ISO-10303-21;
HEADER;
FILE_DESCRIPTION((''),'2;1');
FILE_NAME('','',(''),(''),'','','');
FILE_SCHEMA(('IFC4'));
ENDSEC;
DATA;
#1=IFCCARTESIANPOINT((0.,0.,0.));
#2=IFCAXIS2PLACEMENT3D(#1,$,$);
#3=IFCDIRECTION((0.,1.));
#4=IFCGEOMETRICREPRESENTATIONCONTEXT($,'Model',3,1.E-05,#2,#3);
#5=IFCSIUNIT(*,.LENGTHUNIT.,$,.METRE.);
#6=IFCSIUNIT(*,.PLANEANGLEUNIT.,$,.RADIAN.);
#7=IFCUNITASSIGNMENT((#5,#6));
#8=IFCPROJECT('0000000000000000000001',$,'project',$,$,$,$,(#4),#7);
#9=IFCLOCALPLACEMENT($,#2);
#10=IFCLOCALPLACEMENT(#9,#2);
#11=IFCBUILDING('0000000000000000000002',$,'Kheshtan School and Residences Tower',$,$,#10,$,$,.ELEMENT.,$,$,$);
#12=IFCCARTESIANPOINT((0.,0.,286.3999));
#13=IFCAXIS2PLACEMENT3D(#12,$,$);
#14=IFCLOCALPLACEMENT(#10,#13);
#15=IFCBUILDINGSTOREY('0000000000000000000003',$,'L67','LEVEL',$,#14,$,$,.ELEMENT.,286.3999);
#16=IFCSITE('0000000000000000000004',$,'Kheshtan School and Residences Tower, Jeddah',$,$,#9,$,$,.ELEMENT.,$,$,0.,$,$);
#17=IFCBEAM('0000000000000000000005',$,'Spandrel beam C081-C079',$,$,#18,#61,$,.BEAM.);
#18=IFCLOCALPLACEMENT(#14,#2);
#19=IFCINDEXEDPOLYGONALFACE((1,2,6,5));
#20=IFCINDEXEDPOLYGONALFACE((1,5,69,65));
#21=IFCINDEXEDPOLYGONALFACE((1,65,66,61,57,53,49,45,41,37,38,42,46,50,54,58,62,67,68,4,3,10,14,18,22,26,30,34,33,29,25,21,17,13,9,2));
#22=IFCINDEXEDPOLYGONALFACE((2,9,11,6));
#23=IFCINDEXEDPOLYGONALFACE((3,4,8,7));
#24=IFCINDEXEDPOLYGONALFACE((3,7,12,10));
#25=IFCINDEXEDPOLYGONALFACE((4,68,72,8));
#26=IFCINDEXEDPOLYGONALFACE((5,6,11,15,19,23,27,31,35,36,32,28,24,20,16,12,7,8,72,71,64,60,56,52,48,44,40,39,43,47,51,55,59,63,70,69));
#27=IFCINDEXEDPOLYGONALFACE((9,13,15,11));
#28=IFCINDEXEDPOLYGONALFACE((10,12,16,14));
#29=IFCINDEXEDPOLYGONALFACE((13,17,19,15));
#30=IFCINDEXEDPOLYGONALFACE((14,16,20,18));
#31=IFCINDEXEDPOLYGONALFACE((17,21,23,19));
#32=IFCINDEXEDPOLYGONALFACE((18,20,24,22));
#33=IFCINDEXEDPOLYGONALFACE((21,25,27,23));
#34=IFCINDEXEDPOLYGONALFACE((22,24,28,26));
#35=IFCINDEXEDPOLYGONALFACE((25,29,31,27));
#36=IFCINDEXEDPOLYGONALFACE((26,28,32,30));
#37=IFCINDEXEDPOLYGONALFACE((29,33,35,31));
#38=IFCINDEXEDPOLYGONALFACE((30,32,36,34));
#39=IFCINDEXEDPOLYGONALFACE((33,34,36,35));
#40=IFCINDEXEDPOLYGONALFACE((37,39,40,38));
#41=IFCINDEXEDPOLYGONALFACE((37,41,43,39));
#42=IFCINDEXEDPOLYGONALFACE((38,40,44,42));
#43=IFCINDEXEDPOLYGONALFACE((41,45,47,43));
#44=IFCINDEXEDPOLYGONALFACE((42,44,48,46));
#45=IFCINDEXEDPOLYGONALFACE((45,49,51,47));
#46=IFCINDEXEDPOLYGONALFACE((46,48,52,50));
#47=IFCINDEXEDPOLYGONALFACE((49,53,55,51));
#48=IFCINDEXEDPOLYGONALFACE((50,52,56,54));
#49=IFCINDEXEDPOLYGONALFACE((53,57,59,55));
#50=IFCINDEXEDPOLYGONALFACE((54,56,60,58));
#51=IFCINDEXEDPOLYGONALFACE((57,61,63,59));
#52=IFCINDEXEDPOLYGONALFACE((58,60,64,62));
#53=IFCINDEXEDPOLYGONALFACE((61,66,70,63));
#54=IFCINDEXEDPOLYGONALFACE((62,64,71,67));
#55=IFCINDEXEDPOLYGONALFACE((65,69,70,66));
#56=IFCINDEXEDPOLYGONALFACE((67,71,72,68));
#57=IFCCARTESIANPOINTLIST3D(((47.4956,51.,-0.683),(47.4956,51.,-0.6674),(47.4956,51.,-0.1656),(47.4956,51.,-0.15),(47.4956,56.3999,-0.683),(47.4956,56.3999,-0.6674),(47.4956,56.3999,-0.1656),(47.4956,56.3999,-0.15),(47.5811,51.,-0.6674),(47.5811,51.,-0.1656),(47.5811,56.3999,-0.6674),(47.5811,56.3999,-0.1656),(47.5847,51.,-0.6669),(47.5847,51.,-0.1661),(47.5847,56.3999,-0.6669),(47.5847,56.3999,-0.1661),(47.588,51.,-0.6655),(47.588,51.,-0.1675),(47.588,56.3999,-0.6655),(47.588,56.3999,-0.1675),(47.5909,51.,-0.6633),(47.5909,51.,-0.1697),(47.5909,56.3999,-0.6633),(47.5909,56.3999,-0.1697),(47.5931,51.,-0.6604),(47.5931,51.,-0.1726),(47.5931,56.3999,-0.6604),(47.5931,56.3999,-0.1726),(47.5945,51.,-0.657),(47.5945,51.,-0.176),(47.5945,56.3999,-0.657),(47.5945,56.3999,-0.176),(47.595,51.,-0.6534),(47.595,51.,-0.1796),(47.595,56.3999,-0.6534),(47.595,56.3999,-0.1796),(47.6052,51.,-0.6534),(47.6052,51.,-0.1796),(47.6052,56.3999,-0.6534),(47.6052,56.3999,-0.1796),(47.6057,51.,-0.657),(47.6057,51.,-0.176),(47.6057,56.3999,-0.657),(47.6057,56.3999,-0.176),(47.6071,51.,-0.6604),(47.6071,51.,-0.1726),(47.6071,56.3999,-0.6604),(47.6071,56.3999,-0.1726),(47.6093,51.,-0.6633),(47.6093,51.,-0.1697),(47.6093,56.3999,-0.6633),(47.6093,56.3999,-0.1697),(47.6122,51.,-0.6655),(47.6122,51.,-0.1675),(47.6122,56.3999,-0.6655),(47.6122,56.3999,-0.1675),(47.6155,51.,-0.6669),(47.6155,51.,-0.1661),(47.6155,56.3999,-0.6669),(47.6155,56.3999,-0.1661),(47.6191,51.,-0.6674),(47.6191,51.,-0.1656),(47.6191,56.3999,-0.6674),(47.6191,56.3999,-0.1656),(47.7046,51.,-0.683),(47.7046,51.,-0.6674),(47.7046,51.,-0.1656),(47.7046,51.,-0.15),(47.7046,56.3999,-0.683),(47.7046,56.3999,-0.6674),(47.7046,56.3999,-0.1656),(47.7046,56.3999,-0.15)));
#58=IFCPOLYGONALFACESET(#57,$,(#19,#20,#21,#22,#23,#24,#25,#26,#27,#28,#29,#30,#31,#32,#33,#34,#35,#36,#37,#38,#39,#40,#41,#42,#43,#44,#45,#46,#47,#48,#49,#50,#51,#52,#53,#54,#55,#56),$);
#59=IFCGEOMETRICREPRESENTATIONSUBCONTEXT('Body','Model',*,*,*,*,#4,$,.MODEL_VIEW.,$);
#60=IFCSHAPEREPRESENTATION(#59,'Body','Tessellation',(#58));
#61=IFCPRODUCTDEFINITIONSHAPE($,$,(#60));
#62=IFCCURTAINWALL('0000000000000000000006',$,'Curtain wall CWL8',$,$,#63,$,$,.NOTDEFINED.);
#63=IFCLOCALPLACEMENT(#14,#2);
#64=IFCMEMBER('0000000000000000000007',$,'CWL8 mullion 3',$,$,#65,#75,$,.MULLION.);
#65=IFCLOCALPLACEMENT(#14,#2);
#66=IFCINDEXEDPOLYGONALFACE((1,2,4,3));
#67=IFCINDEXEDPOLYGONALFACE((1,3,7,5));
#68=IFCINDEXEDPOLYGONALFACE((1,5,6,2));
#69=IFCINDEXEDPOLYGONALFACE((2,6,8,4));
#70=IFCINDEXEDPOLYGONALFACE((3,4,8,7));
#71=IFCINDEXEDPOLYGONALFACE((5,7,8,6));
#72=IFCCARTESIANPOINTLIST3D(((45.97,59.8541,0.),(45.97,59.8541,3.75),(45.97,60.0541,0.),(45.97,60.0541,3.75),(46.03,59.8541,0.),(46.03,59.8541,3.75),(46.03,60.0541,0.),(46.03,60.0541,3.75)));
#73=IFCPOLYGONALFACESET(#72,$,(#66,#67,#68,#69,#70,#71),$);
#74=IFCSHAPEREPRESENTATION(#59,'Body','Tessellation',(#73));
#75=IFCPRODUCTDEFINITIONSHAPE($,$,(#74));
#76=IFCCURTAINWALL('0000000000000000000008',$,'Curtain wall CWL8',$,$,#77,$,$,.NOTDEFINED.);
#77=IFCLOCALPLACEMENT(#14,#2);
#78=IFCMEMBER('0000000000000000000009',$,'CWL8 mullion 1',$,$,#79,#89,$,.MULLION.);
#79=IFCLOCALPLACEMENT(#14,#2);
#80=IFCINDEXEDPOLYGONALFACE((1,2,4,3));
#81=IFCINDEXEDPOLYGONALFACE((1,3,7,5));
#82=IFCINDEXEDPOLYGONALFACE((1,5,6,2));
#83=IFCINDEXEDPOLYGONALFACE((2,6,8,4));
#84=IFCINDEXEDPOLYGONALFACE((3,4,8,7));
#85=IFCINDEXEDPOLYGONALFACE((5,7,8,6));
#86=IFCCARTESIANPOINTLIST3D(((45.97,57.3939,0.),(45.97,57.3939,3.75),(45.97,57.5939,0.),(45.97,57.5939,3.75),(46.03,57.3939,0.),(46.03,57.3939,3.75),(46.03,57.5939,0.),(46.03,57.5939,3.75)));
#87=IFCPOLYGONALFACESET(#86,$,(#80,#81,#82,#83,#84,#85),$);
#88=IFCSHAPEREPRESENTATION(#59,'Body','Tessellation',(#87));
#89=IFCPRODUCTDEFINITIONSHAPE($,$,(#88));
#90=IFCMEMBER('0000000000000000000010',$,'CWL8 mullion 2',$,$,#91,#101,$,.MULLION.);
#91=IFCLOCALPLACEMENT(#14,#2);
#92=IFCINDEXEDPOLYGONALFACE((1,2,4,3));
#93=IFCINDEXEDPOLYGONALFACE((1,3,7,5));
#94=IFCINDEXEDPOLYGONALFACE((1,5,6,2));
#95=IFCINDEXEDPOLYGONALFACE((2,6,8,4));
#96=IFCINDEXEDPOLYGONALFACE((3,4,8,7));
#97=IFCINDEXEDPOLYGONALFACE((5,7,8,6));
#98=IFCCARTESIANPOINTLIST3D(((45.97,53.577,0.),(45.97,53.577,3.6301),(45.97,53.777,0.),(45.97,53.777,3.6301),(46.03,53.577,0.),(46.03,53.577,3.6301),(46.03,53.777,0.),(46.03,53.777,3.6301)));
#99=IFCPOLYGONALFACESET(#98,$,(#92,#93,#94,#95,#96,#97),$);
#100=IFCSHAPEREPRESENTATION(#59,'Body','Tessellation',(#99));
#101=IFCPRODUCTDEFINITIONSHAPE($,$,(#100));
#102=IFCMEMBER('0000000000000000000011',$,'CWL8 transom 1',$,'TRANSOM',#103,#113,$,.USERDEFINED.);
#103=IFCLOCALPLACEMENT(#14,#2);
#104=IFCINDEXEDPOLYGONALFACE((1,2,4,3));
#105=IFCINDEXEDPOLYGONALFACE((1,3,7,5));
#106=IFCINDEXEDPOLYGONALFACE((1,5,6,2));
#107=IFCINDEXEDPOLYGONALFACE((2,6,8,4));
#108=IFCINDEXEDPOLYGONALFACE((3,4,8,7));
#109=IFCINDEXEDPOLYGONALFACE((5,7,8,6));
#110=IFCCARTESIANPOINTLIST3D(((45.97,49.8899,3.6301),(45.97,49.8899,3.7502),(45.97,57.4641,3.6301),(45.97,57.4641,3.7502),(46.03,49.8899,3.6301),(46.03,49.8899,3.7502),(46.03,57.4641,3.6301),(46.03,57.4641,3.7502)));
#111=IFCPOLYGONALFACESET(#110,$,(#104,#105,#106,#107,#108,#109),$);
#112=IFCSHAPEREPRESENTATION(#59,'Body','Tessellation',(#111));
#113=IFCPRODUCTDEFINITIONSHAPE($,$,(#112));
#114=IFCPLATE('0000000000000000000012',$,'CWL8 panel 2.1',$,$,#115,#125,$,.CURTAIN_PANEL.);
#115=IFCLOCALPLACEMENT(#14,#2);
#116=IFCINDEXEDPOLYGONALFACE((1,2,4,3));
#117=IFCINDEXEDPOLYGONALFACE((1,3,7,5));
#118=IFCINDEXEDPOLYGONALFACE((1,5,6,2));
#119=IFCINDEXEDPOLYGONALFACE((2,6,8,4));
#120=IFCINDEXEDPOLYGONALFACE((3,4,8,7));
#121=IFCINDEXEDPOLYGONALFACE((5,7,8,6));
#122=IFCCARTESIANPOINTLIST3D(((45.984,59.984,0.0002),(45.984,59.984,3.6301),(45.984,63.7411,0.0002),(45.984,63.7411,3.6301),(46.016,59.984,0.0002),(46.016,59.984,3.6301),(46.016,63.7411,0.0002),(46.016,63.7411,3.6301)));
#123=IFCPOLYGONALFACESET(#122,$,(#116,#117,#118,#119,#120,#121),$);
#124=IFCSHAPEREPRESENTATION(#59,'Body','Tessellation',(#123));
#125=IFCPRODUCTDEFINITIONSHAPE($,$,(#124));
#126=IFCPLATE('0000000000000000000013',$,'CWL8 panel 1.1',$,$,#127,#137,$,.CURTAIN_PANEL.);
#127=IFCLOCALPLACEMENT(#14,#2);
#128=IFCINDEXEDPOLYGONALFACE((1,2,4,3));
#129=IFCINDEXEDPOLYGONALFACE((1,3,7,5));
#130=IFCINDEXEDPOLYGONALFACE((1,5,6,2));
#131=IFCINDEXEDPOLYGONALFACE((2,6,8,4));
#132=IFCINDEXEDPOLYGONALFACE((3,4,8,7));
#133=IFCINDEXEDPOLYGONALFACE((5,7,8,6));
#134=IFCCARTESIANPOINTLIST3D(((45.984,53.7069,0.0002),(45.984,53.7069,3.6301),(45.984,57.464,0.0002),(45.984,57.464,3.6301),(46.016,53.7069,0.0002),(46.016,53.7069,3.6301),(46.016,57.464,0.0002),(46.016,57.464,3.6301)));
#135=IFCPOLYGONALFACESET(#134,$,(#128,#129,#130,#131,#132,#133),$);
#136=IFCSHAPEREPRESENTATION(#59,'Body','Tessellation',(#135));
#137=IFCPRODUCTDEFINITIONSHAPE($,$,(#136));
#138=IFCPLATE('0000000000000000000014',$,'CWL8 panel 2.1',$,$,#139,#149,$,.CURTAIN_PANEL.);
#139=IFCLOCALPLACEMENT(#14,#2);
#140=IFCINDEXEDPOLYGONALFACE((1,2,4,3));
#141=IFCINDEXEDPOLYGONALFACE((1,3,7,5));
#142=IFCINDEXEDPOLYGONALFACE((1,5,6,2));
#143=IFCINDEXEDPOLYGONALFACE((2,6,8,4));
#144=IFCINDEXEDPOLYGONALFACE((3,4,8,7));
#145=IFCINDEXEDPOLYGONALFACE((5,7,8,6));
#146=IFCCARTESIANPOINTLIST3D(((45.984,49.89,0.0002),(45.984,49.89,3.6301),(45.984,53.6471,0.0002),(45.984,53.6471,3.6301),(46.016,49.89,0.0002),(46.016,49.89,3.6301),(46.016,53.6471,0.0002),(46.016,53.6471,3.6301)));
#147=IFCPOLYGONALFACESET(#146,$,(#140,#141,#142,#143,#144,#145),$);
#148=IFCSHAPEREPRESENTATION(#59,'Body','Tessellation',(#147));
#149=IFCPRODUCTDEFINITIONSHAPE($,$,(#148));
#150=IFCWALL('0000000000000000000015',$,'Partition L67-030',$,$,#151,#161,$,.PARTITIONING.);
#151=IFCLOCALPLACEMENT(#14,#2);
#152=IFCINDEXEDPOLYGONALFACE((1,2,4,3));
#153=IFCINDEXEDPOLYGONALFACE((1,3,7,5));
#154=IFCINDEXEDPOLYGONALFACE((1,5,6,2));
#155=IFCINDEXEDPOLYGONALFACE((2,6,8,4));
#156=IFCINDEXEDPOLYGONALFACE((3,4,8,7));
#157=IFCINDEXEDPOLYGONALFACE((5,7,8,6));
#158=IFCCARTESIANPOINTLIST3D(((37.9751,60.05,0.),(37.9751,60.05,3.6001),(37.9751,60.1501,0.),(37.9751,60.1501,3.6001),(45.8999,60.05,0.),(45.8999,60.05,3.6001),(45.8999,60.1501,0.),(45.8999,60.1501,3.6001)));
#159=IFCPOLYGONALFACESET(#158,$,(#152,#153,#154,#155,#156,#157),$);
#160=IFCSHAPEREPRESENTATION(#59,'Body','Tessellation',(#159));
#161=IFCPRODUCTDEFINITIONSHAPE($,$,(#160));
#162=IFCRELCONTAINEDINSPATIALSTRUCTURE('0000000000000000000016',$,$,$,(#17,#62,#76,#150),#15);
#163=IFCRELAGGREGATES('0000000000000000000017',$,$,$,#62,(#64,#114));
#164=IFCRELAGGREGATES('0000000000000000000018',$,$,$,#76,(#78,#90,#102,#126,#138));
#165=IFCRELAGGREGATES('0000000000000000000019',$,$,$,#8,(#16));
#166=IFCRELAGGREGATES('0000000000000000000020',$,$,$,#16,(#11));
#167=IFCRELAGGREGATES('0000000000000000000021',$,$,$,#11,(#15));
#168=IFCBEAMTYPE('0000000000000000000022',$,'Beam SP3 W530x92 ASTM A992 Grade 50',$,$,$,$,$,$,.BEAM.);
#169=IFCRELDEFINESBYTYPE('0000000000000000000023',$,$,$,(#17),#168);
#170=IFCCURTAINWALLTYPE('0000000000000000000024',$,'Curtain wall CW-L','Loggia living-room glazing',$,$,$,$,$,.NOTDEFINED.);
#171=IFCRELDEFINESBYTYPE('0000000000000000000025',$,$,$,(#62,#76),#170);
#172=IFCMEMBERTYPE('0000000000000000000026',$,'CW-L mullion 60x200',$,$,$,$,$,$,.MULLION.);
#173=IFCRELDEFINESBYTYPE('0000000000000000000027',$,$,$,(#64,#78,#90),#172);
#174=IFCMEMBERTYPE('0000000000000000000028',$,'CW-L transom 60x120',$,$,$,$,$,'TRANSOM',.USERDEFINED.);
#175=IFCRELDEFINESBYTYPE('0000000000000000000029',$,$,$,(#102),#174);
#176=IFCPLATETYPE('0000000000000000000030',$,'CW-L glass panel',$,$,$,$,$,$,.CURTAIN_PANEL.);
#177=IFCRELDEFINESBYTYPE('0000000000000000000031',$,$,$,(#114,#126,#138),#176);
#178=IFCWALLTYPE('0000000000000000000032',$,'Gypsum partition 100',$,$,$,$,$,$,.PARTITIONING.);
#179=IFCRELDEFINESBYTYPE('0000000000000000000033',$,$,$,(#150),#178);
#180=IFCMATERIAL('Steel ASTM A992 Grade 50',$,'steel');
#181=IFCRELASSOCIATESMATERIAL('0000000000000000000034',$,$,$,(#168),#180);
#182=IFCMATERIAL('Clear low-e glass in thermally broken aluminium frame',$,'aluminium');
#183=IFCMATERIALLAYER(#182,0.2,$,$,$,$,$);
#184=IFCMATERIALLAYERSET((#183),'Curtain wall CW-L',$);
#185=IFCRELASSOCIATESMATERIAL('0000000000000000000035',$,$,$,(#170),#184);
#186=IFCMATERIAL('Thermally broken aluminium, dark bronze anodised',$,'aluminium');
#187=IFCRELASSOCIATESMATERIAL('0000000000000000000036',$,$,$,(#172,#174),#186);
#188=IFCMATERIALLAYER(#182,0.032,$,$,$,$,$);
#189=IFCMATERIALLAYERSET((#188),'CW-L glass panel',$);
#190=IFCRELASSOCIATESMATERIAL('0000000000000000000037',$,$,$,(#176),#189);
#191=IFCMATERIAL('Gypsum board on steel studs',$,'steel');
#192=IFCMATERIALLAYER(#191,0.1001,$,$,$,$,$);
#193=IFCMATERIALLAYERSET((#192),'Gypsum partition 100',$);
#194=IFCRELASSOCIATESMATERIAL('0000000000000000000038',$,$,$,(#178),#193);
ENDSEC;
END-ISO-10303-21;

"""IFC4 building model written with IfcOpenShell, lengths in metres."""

from ifc_helpers import new_model, si_unit, direction, frame, frame_2d, origin, origin_2d, place, context, subcontext, project, spatial, rectangle, i_section, extrude, material, layer, layer_set, material_profile, profile_set, type_object, element, aggregate, save


model = new_model("IFC4")

# Units and contexts
model_context = context("Model", 3, precision=1e-05, world=origin(), true_north=direction((0.0, 1.0)))
body_context = subcontext(model_context, "Body", "Model", "MODEL_VIEW")
ifc_project = project(units=[si_unit("LENGTHUNIT", "METRE"), si_unit("PLANEANGLEUNIT", "RADIAN")], contexts=[model_context])

# Site, building, storey
site_placement = place(None, origin())
site = spatial("IfcSite", under=ifc_project, at=site_placement, Name="Kheshtan School and Residences Tower, Jeddah", CompositionType="ELEMENT", RefElevation=0.0)
building_placement = place(site_placement, origin())
building = spatial("IfcBuilding", under=site, at=building_placement, Name="Kheshtan School and Residences Tower", CompositionType="ELEMENT")
storey_placement = place(building_placement, frame((0.0, 0.0, 286.3999)))
storey = spatial("IfcBuildingStorey", under=building, at=storey_placement, Name="L67", Description="LEVEL", CompositionType="ELEMENT", Elevation=286.3999)

# Shared definitions
ifc_material_1 = material(Name="Steel ASTM A992 Grade 50", Category="steel")

# Beam
ifc_material_profile_1 = material_profile(ifc_material_1, i_section(OverallWidth=0.209, OverallDepth=0.533, WebThickness=0.0103, FlangeThickness=0.0156, FilletRadius=0.0139, at=origin_2d()), Name="W530x92")
ifc_profile_set_1 = profile_set([ifc_material_profile_1], Name="Steel ASTM A992 Grade 50")
beam_type_1 = type_object("IfcBeamType", Name="Beam SP3 W530x92 ASTM A992 Grade 50", PredefinedType="BEAM", material=ifc_profile_set_1)
beam_1_placement = place(storey_placement, frame((47.6001, 56.3999, -0.4165), z_axis=(0.0, -1.0, 0.0), x_axis=(1.0, 0.0, 0.0)))
element("IfcBeam", 1, at=beam_1_placement, inside=storey, type_object=beam_type_1, Name="Spandrel beam C081-C079", PredefinedType="BEAM", context=body_context, shape_type="SweptSolid", body=[
    extrude(i_section(OverallWidth=0.209, OverallDepth=0.533, WebThickness=0.0103, FlangeThickness=0.0156, FilletRadius=0.0139, at=origin_2d()), origin(), (0.0, 0.0, 1.0), 5.3999),
])

# Curtain wall, member
ifc_material_2 = material(Name="Clear low-e glass in thermally broken aluminium frame", Category="aluminium")
ifc_layer_1 = layer(ifc_material_2, 0.2)
ifc_layer_set_1 = layer_set([ifc_layer_1], Name="Curtain wall CW-L")
curtain_wall_type = type_object("IfcCurtainWallType", Name="Curtain wall CW-L", Description="Loggia living-room glazing", PredefinedType="NOTDEFINED", material=ifc_layer_set_1)
curtain_wall_1_placement = place(storey_placement, origin())
curtain_wall_1 = element("IfcCurtainWall", 2, at=curtain_wall_1_placement, inside=storey, type_object=curtain_wall_type, Name="Curtain wall CWL8", PredefinedType="NOTDEFINED")
ifc_material_3 = material(Name="Thermally broken aluminium, dark bronze anodised", Category="aluminium")
ifc_material_profile_2 = material_profile(ifc_material_3, rectangle(XDim=0.0601, YDim=0.2, at=origin_2d()), Name="CW-L mullion 60x200")
ifc_profile_set_2 = profile_set([ifc_material_profile_2], Name="Thermally broken aluminium, dark bronze anodised")
member_type_1 = type_object("IfcMemberType", Name="CW-L mullion 60x200", PredefinedType="MULLION", material=ifc_profile_set_2)
member_1_placement = place(storey_placement, frame((46.0, 59.9541, 0.0), z_axis=(0.0, 0.0, 1.0), x_axis=(1.0, 0.0, 0.0)))
member_1 = element("IfcMember", 3, at=member_1_placement, type_object=member_type_1, Name="CWL8 mullion 3", PredefinedType="MULLION", context=body_context, shape_type="SweptSolid", body=[
    extrude(rectangle(XDim=0.0601, YDim=0.2, at=origin_2d()), origin(), (0.0, 0.0, 1.0), 3.75),
])

# Curtain wall, members
curtain_wall_2_placement = place(storey_placement, origin())
curtain_wall_2 = element("IfcCurtainWall", 4, at=curtain_wall_2_placement, inside=storey, type_object=curtain_wall_type, Name="Curtain wall CWL8", PredefinedType="NOTDEFINED")
member_2_placement = place(storey_placement, frame((46.0, 57.4939, 0.0), z_axis=(0.0, 0.0, 1.0), x_axis=(1.0, 0.0, 0.0)))
member_2 = element("IfcMember", 5, at=member_2_placement, type_object=member_type_1, Name="CWL8 mullion 1", PredefinedType="MULLION", context=body_context, shape_type="SweptSolid", body=[
    extrude(rectangle(XDim=0.0601, YDim=0.2, at=origin_2d()), origin(), (0.0, 0.0, 1.0), 3.75),
])
member_3_placement = place(storey_placement, frame((46.0, 53.677, 0.0), z_axis=(0.0, 0.0, 1.0), x_axis=(1.0, 0.0, 0.0)))
member_3 = element("IfcMember", 6, at=member_3_placement, type_object=member_type_1, Name="CWL8 mullion 2", PredefinedType="MULLION", context=body_context, shape_type="SweptSolid", body=[
    extrude(rectangle(XDim=0.0601, YDim=0.2, at=origin_2d()), origin(), (0.0, 0.0, 1.0), 3.6301),
])
ifc_material_profile_3 = material_profile(ifc_material_3, rectangle(XDim=0.0601, YDim=0.1201, at=origin_2d()), Name="CW-L transom 60x120")
ifc_profile_set_3 = profile_set([ifc_material_profile_3], Name="Thermally broken aluminium, dark bronze anodised")
member_type_2 = type_object("IfcMemberType", Name="CW-L transom 60x120", ElementType="TRANSOM", PredefinedType="USERDEFINED", material=ifc_profile_set_3)
member_4_placement = place(storey_placement, frame((46.0, 57.4641, 3.6902), z_axis=(0.0, -1.0, 0.0), x_axis=(1.0, 0.0, 0.0)))
member_4 = element("IfcMember", 7, at=member_4_placement, type_object=member_type_2, Name="CWL8 transom 1", ObjectType="TRANSOM", PredefinedType="USERDEFINED", context=body_context, shape_type="SweptSolid", body=[
    extrude(rectangle(XDim=0.0601, YDim=0.1201, at=origin_2d()), origin(), (0.0, 0.0, 1.0), 7.5742),
])

# Plates
ifc_layer_2 = layer(ifc_material_2, 0.032)
ifc_layer_set_2 = layer_set([ifc_layer_2], Name="CW-L glass panel")
plate_type = type_object("IfcPlateType", Name="CW-L glass panel", PredefinedType="CURTAIN_PANEL", material=ifc_layer_set_2)
plate_1_placement = place(storey_placement, frame((46.0, 61.8625, 0.0002), z_axis=(0.0, 0.0, 1.0), x_axis=(0.0, -1.0, 0.0)))
plate_1 = element("IfcPlate", 8, at=plate_1_placement, type_object=plate_type, Name="CWL8 panel 2.1", PredefinedType="CURTAIN_PANEL", context=body_context, shape_type="SweptSolid", body=[
    extrude(rectangle(XDim=3.7571, YDim=0.032, at=origin_2d()), origin(), (0.0, 0.0, 1.0), 3.6299),
])
aggregate(curtain_wall_1, [member_1, plate_1])
plate_2_placement = place(storey_placement, frame((46.0, 55.5854, 0.0002), z_axis=(0.0, 0.0, 1.0), x_axis=(0.0, -1.0, 0.0)))
plate_2 = element("IfcPlate", 9, at=plate_2_placement, type_object=plate_type, Name="CWL8 panel 1.1", PredefinedType="CURTAIN_PANEL", context=body_context, shape_type="SweptSolid", body=[
    extrude(rectangle(XDim=3.7571, YDim=0.032, at=origin_2d()), origin(), (0.0, 0.0, 1.0), 3.6299),
])
plate_3_placement = place(storey_placement, frame((46.0, 51.7686, 0.0002), z_axis=(0.0, 0.0, 1.0), x_axis=(0.0, -1.0, 0.0)))
plate_3 = element("IfcPlate", 10, at=plate_3_placement, type_object=plate_type, Name="CWL8 panel 2.1", PredefinedType="CURTAIN_PANEL", context=body_context, shape_type="SweptSolid", body=[
    extrude(rectangle(XDim=3.7571, YDim=0.032, at=origin_2d()), origin(), (0.0, 0.0, 1.0), 3.6299),
])
aggregate(curtain_wall_2, [member_2, member_3, member_4, plate_2, plate_3])

# Wall
ifc_material_4 = material(Name="Gypsum board on steel studs", Category="steel")
ifc_layer_3 = layer(ifc_material_4, 0.1001)
ifc_layer_set_3 = layer_set([ifc_layer_3], Name="Gypsum partition 100")
wall_type_1 = type_object("IfcWallType", Name="Gypsum partition 100", PredefinedType="PARTITIONING", material=ifc_layer_set_3)
wall_1_placement = place(storey_placement, frame((37.9751, 60.1001, 0.0), z_axis=(0.0, 0.0, 1.0), x_axis=(1.0, 0.0, 0.0)))
element("IfcWall", 11, at=wall_1_placement, inside=storey, type_object=wall_type_1, Name="Partition L67-030", PredefinedType="PARTITIONING", context=body_context, shape_type="SweptSolid", body=[
    extrude(rectangle(XDim=7.9248, YDim=0.1001, at=frame_2d((3.9624, 0.0))), origin(), (0.0, 0.0, 1.0), 3.6001),
])

save(model, "model.ifc")
